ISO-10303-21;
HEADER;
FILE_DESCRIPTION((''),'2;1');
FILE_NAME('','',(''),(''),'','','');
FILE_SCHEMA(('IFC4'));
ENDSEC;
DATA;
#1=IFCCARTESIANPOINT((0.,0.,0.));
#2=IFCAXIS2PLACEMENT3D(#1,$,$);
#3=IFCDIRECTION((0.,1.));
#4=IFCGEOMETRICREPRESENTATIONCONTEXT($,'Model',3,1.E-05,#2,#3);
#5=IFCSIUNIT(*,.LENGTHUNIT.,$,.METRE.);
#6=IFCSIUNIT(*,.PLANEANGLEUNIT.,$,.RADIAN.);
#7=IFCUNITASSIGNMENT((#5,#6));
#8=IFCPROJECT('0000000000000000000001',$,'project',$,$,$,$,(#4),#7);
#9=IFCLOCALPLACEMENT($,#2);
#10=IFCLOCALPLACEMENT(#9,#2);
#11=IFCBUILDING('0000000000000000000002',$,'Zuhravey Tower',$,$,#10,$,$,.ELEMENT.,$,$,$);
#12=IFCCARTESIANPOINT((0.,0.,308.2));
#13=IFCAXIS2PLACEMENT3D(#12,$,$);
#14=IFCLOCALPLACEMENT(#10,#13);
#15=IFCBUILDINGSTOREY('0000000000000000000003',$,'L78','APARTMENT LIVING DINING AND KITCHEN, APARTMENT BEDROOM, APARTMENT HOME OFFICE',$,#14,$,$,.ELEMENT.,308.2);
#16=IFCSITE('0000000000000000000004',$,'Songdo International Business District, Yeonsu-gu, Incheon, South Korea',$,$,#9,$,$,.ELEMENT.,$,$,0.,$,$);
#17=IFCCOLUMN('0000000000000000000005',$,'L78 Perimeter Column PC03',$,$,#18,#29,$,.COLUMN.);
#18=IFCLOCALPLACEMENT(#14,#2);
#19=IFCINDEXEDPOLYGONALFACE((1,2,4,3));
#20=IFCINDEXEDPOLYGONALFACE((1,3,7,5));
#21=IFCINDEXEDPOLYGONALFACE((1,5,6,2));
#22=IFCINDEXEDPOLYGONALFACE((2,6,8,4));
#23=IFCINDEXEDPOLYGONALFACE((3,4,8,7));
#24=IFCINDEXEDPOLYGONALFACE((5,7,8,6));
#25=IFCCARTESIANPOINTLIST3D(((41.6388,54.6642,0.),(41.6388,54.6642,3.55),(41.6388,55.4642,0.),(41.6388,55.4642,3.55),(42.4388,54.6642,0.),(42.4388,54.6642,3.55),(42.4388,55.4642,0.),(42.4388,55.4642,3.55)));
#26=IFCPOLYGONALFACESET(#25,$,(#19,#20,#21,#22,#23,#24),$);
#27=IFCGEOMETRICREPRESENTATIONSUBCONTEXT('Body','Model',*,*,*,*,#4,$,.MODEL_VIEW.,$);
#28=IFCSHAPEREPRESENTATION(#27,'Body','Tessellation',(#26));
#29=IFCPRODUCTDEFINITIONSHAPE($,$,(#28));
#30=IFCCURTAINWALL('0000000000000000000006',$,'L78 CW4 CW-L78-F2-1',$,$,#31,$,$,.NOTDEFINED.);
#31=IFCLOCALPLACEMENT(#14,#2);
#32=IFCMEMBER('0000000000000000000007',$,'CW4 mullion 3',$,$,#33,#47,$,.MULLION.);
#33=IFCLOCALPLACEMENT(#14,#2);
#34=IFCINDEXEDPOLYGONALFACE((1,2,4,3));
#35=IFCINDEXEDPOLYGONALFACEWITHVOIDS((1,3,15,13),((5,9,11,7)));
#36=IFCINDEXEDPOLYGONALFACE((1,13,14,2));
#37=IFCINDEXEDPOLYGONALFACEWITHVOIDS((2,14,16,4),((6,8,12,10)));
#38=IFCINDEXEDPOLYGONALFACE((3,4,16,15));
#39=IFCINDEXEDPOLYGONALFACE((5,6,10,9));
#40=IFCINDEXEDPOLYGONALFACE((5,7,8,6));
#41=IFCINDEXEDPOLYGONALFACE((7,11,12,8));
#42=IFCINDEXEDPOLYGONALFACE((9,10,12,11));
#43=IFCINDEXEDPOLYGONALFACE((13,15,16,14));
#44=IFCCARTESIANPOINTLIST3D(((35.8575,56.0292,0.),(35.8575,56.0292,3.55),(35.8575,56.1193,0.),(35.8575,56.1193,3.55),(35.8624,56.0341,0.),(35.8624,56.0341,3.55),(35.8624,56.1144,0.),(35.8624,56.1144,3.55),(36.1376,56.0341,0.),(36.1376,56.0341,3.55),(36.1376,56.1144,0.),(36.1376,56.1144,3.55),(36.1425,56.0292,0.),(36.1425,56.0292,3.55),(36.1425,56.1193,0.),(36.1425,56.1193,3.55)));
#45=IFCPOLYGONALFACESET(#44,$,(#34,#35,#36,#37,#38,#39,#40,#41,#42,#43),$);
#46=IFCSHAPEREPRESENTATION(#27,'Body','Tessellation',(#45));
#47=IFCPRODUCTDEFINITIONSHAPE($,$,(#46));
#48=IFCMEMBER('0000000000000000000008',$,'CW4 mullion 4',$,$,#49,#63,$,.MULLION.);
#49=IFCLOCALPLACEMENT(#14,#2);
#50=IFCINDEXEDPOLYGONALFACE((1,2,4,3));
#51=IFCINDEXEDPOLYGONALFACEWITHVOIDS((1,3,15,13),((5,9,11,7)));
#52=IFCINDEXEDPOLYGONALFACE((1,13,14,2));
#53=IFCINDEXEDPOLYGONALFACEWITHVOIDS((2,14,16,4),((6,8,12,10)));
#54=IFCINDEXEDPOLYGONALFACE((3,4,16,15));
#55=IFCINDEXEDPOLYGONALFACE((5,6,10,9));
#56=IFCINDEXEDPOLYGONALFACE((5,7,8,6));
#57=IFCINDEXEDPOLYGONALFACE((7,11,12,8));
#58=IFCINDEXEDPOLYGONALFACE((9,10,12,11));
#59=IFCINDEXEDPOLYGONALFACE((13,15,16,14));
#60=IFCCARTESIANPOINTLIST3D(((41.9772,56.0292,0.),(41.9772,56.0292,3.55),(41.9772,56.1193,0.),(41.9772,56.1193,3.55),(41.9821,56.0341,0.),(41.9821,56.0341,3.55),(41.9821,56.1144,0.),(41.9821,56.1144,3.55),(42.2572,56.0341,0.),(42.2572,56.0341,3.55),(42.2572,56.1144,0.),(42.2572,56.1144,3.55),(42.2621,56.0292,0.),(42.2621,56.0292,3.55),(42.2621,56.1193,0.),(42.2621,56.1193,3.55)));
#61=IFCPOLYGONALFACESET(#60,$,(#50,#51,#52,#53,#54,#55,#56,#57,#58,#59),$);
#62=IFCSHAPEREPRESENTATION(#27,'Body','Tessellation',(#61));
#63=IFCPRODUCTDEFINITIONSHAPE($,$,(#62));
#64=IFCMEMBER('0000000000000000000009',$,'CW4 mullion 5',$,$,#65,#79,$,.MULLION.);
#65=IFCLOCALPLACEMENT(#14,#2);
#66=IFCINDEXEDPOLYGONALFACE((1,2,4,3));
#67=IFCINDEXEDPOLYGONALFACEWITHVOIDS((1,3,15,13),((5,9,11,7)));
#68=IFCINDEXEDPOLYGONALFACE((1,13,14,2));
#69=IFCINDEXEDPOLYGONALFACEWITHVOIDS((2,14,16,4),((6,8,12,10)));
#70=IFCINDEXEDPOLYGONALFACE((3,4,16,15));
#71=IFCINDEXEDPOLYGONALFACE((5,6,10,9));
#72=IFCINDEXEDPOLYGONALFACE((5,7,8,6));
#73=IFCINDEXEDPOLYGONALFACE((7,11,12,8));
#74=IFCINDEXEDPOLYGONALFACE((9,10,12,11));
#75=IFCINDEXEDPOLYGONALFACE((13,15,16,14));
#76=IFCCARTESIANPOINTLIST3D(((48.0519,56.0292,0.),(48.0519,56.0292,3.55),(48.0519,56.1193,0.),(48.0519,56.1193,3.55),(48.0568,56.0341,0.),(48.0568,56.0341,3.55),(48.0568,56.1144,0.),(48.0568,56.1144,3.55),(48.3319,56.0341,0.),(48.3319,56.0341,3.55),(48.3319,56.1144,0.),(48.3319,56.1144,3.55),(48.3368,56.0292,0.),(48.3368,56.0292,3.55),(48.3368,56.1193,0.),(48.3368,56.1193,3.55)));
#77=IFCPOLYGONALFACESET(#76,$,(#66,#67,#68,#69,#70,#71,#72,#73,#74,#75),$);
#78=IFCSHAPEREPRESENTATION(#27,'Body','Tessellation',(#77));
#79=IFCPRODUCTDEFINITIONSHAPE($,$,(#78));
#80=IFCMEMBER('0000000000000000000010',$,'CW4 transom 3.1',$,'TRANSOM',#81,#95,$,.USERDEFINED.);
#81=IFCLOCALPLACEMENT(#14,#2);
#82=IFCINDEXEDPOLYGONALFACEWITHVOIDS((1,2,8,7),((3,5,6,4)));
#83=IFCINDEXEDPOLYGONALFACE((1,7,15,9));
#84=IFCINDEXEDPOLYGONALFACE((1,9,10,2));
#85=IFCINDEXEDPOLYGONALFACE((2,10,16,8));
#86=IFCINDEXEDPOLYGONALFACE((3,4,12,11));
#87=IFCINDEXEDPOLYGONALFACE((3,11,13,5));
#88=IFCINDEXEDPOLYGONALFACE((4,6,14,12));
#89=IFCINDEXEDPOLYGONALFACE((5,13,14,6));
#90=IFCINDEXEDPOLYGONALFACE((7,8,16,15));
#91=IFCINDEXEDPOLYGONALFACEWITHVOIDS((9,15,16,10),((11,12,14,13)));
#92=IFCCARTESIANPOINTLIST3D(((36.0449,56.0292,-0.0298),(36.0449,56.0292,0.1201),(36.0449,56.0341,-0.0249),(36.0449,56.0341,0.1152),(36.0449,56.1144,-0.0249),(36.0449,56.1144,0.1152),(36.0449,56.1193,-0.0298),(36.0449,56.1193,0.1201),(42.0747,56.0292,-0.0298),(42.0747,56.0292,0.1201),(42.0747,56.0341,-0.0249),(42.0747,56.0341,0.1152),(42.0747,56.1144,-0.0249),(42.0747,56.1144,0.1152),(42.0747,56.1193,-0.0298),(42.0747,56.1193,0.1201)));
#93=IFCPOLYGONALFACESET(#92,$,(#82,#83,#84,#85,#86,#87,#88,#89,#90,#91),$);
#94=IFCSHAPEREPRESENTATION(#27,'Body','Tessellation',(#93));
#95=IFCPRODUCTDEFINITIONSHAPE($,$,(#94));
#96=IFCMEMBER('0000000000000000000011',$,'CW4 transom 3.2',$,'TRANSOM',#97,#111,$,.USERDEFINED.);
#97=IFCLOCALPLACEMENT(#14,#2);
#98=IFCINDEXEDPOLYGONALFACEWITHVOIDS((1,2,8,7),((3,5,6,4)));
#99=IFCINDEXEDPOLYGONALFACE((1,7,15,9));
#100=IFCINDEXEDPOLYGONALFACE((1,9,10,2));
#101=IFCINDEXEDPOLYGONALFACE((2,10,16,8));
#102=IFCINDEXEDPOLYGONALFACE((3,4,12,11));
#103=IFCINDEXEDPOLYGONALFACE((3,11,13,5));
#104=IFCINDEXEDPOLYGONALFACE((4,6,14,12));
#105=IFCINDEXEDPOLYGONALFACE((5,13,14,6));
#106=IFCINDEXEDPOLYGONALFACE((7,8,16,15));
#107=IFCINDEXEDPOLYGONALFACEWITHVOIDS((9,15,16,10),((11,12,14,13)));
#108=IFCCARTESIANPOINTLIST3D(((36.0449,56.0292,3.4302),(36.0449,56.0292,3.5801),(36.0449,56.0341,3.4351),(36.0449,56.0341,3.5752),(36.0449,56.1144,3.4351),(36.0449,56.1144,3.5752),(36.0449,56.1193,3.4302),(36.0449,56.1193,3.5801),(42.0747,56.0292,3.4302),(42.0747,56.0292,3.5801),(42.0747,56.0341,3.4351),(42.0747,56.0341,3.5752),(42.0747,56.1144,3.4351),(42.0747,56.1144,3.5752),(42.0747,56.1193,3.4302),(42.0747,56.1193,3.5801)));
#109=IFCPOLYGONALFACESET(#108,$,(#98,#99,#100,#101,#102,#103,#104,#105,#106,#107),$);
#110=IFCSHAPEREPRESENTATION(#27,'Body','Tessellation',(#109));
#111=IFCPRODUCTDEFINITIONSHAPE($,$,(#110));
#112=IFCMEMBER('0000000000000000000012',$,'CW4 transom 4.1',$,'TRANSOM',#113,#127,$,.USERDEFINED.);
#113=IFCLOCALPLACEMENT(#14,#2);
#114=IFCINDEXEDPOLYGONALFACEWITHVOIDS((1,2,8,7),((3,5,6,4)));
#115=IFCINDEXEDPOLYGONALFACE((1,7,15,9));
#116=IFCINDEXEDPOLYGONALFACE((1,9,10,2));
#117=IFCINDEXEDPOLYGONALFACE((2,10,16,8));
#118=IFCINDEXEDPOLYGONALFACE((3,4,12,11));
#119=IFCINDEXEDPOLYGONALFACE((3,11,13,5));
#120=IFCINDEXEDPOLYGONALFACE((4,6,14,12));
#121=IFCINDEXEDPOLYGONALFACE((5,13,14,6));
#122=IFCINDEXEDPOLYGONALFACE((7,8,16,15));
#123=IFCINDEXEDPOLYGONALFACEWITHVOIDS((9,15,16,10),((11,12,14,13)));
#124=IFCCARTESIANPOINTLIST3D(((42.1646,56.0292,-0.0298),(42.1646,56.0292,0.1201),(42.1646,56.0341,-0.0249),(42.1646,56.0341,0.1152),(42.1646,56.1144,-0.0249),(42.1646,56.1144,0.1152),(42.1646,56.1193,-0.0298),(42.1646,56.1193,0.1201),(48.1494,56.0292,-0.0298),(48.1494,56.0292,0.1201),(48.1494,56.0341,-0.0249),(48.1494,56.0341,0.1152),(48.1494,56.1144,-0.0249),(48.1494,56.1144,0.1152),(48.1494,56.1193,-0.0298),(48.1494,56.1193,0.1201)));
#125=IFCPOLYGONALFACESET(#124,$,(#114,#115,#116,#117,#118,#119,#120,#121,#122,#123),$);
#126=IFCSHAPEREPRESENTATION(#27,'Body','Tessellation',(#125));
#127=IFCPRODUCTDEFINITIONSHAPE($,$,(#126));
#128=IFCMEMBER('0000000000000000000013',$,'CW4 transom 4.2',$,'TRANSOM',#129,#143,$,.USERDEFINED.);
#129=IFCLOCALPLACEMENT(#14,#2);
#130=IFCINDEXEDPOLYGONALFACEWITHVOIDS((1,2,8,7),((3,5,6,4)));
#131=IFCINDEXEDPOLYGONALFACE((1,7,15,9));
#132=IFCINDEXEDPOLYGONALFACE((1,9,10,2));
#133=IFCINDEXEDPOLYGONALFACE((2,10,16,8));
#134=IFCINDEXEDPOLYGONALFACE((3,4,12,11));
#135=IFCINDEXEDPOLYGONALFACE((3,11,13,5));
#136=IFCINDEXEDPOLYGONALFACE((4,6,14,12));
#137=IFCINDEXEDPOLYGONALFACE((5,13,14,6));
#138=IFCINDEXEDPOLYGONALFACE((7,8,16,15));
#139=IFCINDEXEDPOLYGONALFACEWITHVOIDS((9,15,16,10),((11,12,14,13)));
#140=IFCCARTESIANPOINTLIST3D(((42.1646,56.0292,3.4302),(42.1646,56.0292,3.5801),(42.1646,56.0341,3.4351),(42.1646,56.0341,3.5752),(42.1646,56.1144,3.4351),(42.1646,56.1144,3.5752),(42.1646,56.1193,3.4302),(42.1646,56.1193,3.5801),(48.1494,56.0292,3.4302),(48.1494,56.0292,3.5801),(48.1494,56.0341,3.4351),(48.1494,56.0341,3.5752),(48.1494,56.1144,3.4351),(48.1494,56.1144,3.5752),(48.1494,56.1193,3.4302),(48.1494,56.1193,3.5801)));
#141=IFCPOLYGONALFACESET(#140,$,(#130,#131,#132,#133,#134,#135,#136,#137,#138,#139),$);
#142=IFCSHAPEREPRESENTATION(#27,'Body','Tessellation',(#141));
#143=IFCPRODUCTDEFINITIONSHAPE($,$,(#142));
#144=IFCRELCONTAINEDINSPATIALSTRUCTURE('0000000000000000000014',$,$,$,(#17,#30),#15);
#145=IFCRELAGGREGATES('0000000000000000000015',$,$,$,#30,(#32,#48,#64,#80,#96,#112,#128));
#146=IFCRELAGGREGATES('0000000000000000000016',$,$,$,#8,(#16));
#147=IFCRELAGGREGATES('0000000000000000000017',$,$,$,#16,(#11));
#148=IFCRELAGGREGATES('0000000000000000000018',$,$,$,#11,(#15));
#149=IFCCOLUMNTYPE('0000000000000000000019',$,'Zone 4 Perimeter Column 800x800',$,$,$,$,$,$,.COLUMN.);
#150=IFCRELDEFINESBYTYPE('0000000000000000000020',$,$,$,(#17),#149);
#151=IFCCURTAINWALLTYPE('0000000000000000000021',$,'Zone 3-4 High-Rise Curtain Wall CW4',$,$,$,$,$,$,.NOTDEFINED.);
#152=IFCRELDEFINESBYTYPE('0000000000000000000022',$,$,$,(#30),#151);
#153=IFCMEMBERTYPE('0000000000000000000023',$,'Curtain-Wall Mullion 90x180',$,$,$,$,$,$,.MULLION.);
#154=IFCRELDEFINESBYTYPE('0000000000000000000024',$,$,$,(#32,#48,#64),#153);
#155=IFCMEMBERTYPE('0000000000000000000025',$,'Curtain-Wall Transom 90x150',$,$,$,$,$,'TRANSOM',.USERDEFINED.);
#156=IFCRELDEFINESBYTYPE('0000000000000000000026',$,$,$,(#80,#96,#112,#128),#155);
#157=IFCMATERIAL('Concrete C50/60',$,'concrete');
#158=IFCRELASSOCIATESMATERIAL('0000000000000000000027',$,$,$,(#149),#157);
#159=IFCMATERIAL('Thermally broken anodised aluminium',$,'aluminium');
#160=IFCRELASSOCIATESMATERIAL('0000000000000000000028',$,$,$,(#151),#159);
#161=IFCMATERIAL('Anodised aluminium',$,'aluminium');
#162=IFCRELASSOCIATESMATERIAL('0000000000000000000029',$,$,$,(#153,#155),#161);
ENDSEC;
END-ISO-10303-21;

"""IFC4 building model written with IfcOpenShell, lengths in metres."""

from ifc_helpers import new_model, si_unit, direction, frame, origin, origin_2d, place, context, subcontext, project, spatial, rectangle, hollow_rectangle, extrude, material, material_profile, profile_set, type_object, element, aggregate, save


model = new_model("IFC4")

# Units and contexts
model_context = context("Model", 3, precision=1e-05, world=origin(), true_north=direction((0.0, 1.0)))
body_context = subcontext(model_context, "Body", "Model", "MODEL_VIEW")
ifc_project = project(units=[si_unit("LENGTHUNIT", "METRE"), si_unit("PLANEANGLEUNIT", "RADIAN")], contexts=[model_context])

# Site, building, storey
site_placement = place(None, origin())
site = spatial("IfcSite", under=ifc_project, at=site_placement, Name="Songdo International Business District, Yeonsu-gu, Incheon, South Korea", CompositionType="ELEMENT", RefElevation=0.0)
building_placement = place(site_placement, origin())
building = spatial("IfcBuilding", under=site, at=building_placement, Name="Zuhravey Tower", CompositionType="ELEMENT")
storey_placement = place(building_placement, frame((0.0, 0.0, 308.2)))
storey = spatial("IfcBuildingStorey", under=building, at=storey_placement, Name="L78", Description="APARTMENT LIVING DINING AND KITCHEN, APARTMENT BEDROOM, APARTMENT HOME OFFICE", CompositionType="ELEMENT", Elevation=308.2)

# Column
ifc_material_1 = material(Name="Concrete C50/60", Category="concrete")
ifc_material_profile_1 = material_profile(ifc_material_1, rectangle(XDim=0.8, YDim=0.8, at=origin_2d()), Name="RC-800x800")
ifc_profile_set_1 = profile_set([ifc_material_profile_1], Name="Concrete C50/60")
column_type = type_object("IfcColumnType", Name="Zone 4 Perimeter Column 800x800", PredefinedType="COLUMN", material=ifc_profile_set_1)
column_placement = place(storey_placement, frame((42.0388, 55.0642, 0.0), z_axis=(0.0, 0.0, 1.0), x_axis=(-1.0, 0.0, 0.0)))
element("IfcColumn", 1, at=column_placement, inside=storey, type_object=column_type, Name="L78 Perimeter Column PC03", PredefinedType="COLUMN", context=body_context, shape_type="SweptSolid", body=[
    extrude(rectangle(XDim=0.8, YDim=0.8, at=origin_2d()), origin(), (0.0, 0.0, 1.0), 3.55),
])

# Curtain wall, members
ifc_material_2 = material(Name="Thermally broken anodised aluminium", Category="aluminium")
curtain_wall_type = type_object("IfcCurtainWallType", Name="Zone 3-4 High-Rise Curtain Wall CW4", PredefinedType="NOTDEFINED", material=ifc_material_2)
curtain_wall_placement = place(storey_placement, origin())
curtain_wall = element("IfcCurtainWall", 2, at=curtain_wall_placement, inside=storey, type_object=curtain_wall_type, Name="L78 CW4 CW-L78-F2-1", PredefinedType="NOTDEFINED")
ifc_material_3 = material(Name="Anodised aluminium", Category="aluminium")
ifc_material_profile_2 = material_profile(ifc_material_3, hollow_rectangle(XDim=0.0901, YDim=0.2849, WallThickness=0.0049, at=origin_2d()), Name="ALU-RHS-90x285x5")
ifc_profile_set_2 = profile_set([ifc_material_profile_2], Name="Anodised aluminium")
member_type_1 = type_object("IfcMemberType", Name="Curtain-Wall Mullion 90x180", PredefinedType="MULLION", material=ifc_profile_set_2)
member_1_placement = place(storey_placement, frame((36.0, 56.0742, 0.0), z_axis=(0.0, 0.0, 1.0), x_axis=(0.0, 1.0, 0.0)))
member_1 = element("IfcMember", 3, at=member_1_placement, type_object=member_type_1, Name="CW4 mullion 3", PredefinedType="MULLION", context=body_context, shape_type="SweptSolid", body=[
    extrude(hollow_rectangle(XDim=0.0901, YDim=0.2849, WallThickness=0.0049, at=origin_2d()), origin(), (0.0, 0.0, 1.0), 3.55),
])
member_2_placement = place(storey_placement, frame((42.1196, 56.0742, 0.0), z_axis=(0.0, 0.0, 1.0), x_axis=(0.0, 1.0, 0.0)))
member_2 = element("IfcMember", 4, at=member_2_placement, type_object=member_type_1, Name="CW4 mullion 4", PredefinedType="MULLION", context=body_context, shape_type="SweptSolid", body=[
    extrude(hollow_rectangle(XDim=0.0901, YDim=0.2849, WallThickness=0.0049, at=origin_2d()), origin(), (0.0, 0.0, 1.0), 3.55),
])
member_3_placement = place(storey_placement, frame((48.1943, 56.0742, 0.0), z_axis=(0.0, 0.0, 1.0), x_axis=(0.0, 1.0, 0.0)))
member_3 = element("IfcMember", 5, at=member_3_placement, type_object=member_type_1, Name="CW4 mullion 5", PredefinedType="MULLION", context=body_context, shape_type="SweptSolid", body=[
    extrude(hollow_rectangle(XDim=0.0901, YDim=0.2849, WallThickness=0.0049, at=origin_2d()), origin(), (0.0, 0.0, 1.0), 3.55),
])
ifc_material_profile_3 = material_profile(ifc_material_3, hollow_rectangle(XDim=0.0901, YDim=0.1499, WallThickness=0.0049, at=origin_2d()), Name="ALU-RHS-90x150x5")
ifc_profile_set_3 = profile_set([ifc_material_profile_3], Name="Anodised aluminium")
member_type_2 = type_object("IfcMemberType", Name="Curtain-Wall Transom 90x150", ElementType="TRANSOM", PredefinedType="USERDEFINED", material=ifc_profile_set_3)
member_4_placement = place(storey_placement, frame((36.0449, 56.0742, 0.0452), z_axis=(1.0, 0.0, 0.0), x_axis=(0.0, 1.0, 0.0)))
member_4 = element("IfcMember", 6, at=member_4_placement, type_object=member_type_2, Name="CW4 transom 3.1", ObjectType="TRANSOM", PredefinedType="USERDEFINED", context=body_context, shape_type="SweptSolid", body=[
    extrude(hollow_rectangle(XDim=0.0901, YDim=0.1499, WallThickness=0.0049, at=origin_2d()), origin(), (0.0, 0.0, 1.0), 6.0298),
])
member_5_placement = place(storey_placement, frame((36.0449, 56.0742, 3.5051), z_axis=(1.0, 0.0, 0.0), x_axis=(0.0, 1.0, 0.0)))
member_5 = element("IfcMember", 7, at=member_5_placement, type_object=member_type_2, Name="CW4 transom 3.2", ObjectType="TRANSOM", PredefinedType="USERDEFINED", context=body_context, shape_type="SweptSolid", body=[
    extrude(hollow_rectangle(XDim=0.0901, YDim=0.1499, WallThickness=0.0049, at=origin_2d()), origin(), (0.0, 0.0, 1.0), 6.0298),
])
member_6_placement = place(storey_placement, frame((42.1646, 56.0742, 0.0452), z_axis=(1.0, 0.0, 0.0), x_axis=(0.0, 1.0, 0.0)))
member_6 = element("IfcMember", 8, at=member_6_placement, type_object=member_type_2, Name="CW4 transom 4.1", ObjectType="TRANSOM", PredefinedType="USERDEFINED", context=body_context, shape_type="SweptSolid", body=[
    extrude(hollow_rectangle(XDim=0.0901, YDim=0.1499, WallThickness=0.0049, at=origin_2d()), origin(), (0.0, 0.0, 1.0), 5.9849),
])
member_7_placement = place(storey_placement, frame((42.1646, 56.0742, 3.5051), z_axis=(1.0, 0.0, 0.0), x_axis=(0.0, 1.0, 0.0)))
member_7 = element("IfcMember", 9, at=member_7_placement, type_object=member_type_2, Name="CW4 transom 4.2", ObjectType="TRANSOM", PredefinedType="USERDEFINED", context=body_context, shape_type="SweptSolid", body=[
    extrude(hollow_rectangle(XDim=0.0901, YDim=0.1499, WallThickness=0.0049, at=origin_2d()), origin(), (0.0, 0.0, 1.0), 5.9849),
])

aggregate(curtain_wall, [member_1, member_2, member_3, member_4, member_5, member_6, member_7])

save(model, "model.ifc")
